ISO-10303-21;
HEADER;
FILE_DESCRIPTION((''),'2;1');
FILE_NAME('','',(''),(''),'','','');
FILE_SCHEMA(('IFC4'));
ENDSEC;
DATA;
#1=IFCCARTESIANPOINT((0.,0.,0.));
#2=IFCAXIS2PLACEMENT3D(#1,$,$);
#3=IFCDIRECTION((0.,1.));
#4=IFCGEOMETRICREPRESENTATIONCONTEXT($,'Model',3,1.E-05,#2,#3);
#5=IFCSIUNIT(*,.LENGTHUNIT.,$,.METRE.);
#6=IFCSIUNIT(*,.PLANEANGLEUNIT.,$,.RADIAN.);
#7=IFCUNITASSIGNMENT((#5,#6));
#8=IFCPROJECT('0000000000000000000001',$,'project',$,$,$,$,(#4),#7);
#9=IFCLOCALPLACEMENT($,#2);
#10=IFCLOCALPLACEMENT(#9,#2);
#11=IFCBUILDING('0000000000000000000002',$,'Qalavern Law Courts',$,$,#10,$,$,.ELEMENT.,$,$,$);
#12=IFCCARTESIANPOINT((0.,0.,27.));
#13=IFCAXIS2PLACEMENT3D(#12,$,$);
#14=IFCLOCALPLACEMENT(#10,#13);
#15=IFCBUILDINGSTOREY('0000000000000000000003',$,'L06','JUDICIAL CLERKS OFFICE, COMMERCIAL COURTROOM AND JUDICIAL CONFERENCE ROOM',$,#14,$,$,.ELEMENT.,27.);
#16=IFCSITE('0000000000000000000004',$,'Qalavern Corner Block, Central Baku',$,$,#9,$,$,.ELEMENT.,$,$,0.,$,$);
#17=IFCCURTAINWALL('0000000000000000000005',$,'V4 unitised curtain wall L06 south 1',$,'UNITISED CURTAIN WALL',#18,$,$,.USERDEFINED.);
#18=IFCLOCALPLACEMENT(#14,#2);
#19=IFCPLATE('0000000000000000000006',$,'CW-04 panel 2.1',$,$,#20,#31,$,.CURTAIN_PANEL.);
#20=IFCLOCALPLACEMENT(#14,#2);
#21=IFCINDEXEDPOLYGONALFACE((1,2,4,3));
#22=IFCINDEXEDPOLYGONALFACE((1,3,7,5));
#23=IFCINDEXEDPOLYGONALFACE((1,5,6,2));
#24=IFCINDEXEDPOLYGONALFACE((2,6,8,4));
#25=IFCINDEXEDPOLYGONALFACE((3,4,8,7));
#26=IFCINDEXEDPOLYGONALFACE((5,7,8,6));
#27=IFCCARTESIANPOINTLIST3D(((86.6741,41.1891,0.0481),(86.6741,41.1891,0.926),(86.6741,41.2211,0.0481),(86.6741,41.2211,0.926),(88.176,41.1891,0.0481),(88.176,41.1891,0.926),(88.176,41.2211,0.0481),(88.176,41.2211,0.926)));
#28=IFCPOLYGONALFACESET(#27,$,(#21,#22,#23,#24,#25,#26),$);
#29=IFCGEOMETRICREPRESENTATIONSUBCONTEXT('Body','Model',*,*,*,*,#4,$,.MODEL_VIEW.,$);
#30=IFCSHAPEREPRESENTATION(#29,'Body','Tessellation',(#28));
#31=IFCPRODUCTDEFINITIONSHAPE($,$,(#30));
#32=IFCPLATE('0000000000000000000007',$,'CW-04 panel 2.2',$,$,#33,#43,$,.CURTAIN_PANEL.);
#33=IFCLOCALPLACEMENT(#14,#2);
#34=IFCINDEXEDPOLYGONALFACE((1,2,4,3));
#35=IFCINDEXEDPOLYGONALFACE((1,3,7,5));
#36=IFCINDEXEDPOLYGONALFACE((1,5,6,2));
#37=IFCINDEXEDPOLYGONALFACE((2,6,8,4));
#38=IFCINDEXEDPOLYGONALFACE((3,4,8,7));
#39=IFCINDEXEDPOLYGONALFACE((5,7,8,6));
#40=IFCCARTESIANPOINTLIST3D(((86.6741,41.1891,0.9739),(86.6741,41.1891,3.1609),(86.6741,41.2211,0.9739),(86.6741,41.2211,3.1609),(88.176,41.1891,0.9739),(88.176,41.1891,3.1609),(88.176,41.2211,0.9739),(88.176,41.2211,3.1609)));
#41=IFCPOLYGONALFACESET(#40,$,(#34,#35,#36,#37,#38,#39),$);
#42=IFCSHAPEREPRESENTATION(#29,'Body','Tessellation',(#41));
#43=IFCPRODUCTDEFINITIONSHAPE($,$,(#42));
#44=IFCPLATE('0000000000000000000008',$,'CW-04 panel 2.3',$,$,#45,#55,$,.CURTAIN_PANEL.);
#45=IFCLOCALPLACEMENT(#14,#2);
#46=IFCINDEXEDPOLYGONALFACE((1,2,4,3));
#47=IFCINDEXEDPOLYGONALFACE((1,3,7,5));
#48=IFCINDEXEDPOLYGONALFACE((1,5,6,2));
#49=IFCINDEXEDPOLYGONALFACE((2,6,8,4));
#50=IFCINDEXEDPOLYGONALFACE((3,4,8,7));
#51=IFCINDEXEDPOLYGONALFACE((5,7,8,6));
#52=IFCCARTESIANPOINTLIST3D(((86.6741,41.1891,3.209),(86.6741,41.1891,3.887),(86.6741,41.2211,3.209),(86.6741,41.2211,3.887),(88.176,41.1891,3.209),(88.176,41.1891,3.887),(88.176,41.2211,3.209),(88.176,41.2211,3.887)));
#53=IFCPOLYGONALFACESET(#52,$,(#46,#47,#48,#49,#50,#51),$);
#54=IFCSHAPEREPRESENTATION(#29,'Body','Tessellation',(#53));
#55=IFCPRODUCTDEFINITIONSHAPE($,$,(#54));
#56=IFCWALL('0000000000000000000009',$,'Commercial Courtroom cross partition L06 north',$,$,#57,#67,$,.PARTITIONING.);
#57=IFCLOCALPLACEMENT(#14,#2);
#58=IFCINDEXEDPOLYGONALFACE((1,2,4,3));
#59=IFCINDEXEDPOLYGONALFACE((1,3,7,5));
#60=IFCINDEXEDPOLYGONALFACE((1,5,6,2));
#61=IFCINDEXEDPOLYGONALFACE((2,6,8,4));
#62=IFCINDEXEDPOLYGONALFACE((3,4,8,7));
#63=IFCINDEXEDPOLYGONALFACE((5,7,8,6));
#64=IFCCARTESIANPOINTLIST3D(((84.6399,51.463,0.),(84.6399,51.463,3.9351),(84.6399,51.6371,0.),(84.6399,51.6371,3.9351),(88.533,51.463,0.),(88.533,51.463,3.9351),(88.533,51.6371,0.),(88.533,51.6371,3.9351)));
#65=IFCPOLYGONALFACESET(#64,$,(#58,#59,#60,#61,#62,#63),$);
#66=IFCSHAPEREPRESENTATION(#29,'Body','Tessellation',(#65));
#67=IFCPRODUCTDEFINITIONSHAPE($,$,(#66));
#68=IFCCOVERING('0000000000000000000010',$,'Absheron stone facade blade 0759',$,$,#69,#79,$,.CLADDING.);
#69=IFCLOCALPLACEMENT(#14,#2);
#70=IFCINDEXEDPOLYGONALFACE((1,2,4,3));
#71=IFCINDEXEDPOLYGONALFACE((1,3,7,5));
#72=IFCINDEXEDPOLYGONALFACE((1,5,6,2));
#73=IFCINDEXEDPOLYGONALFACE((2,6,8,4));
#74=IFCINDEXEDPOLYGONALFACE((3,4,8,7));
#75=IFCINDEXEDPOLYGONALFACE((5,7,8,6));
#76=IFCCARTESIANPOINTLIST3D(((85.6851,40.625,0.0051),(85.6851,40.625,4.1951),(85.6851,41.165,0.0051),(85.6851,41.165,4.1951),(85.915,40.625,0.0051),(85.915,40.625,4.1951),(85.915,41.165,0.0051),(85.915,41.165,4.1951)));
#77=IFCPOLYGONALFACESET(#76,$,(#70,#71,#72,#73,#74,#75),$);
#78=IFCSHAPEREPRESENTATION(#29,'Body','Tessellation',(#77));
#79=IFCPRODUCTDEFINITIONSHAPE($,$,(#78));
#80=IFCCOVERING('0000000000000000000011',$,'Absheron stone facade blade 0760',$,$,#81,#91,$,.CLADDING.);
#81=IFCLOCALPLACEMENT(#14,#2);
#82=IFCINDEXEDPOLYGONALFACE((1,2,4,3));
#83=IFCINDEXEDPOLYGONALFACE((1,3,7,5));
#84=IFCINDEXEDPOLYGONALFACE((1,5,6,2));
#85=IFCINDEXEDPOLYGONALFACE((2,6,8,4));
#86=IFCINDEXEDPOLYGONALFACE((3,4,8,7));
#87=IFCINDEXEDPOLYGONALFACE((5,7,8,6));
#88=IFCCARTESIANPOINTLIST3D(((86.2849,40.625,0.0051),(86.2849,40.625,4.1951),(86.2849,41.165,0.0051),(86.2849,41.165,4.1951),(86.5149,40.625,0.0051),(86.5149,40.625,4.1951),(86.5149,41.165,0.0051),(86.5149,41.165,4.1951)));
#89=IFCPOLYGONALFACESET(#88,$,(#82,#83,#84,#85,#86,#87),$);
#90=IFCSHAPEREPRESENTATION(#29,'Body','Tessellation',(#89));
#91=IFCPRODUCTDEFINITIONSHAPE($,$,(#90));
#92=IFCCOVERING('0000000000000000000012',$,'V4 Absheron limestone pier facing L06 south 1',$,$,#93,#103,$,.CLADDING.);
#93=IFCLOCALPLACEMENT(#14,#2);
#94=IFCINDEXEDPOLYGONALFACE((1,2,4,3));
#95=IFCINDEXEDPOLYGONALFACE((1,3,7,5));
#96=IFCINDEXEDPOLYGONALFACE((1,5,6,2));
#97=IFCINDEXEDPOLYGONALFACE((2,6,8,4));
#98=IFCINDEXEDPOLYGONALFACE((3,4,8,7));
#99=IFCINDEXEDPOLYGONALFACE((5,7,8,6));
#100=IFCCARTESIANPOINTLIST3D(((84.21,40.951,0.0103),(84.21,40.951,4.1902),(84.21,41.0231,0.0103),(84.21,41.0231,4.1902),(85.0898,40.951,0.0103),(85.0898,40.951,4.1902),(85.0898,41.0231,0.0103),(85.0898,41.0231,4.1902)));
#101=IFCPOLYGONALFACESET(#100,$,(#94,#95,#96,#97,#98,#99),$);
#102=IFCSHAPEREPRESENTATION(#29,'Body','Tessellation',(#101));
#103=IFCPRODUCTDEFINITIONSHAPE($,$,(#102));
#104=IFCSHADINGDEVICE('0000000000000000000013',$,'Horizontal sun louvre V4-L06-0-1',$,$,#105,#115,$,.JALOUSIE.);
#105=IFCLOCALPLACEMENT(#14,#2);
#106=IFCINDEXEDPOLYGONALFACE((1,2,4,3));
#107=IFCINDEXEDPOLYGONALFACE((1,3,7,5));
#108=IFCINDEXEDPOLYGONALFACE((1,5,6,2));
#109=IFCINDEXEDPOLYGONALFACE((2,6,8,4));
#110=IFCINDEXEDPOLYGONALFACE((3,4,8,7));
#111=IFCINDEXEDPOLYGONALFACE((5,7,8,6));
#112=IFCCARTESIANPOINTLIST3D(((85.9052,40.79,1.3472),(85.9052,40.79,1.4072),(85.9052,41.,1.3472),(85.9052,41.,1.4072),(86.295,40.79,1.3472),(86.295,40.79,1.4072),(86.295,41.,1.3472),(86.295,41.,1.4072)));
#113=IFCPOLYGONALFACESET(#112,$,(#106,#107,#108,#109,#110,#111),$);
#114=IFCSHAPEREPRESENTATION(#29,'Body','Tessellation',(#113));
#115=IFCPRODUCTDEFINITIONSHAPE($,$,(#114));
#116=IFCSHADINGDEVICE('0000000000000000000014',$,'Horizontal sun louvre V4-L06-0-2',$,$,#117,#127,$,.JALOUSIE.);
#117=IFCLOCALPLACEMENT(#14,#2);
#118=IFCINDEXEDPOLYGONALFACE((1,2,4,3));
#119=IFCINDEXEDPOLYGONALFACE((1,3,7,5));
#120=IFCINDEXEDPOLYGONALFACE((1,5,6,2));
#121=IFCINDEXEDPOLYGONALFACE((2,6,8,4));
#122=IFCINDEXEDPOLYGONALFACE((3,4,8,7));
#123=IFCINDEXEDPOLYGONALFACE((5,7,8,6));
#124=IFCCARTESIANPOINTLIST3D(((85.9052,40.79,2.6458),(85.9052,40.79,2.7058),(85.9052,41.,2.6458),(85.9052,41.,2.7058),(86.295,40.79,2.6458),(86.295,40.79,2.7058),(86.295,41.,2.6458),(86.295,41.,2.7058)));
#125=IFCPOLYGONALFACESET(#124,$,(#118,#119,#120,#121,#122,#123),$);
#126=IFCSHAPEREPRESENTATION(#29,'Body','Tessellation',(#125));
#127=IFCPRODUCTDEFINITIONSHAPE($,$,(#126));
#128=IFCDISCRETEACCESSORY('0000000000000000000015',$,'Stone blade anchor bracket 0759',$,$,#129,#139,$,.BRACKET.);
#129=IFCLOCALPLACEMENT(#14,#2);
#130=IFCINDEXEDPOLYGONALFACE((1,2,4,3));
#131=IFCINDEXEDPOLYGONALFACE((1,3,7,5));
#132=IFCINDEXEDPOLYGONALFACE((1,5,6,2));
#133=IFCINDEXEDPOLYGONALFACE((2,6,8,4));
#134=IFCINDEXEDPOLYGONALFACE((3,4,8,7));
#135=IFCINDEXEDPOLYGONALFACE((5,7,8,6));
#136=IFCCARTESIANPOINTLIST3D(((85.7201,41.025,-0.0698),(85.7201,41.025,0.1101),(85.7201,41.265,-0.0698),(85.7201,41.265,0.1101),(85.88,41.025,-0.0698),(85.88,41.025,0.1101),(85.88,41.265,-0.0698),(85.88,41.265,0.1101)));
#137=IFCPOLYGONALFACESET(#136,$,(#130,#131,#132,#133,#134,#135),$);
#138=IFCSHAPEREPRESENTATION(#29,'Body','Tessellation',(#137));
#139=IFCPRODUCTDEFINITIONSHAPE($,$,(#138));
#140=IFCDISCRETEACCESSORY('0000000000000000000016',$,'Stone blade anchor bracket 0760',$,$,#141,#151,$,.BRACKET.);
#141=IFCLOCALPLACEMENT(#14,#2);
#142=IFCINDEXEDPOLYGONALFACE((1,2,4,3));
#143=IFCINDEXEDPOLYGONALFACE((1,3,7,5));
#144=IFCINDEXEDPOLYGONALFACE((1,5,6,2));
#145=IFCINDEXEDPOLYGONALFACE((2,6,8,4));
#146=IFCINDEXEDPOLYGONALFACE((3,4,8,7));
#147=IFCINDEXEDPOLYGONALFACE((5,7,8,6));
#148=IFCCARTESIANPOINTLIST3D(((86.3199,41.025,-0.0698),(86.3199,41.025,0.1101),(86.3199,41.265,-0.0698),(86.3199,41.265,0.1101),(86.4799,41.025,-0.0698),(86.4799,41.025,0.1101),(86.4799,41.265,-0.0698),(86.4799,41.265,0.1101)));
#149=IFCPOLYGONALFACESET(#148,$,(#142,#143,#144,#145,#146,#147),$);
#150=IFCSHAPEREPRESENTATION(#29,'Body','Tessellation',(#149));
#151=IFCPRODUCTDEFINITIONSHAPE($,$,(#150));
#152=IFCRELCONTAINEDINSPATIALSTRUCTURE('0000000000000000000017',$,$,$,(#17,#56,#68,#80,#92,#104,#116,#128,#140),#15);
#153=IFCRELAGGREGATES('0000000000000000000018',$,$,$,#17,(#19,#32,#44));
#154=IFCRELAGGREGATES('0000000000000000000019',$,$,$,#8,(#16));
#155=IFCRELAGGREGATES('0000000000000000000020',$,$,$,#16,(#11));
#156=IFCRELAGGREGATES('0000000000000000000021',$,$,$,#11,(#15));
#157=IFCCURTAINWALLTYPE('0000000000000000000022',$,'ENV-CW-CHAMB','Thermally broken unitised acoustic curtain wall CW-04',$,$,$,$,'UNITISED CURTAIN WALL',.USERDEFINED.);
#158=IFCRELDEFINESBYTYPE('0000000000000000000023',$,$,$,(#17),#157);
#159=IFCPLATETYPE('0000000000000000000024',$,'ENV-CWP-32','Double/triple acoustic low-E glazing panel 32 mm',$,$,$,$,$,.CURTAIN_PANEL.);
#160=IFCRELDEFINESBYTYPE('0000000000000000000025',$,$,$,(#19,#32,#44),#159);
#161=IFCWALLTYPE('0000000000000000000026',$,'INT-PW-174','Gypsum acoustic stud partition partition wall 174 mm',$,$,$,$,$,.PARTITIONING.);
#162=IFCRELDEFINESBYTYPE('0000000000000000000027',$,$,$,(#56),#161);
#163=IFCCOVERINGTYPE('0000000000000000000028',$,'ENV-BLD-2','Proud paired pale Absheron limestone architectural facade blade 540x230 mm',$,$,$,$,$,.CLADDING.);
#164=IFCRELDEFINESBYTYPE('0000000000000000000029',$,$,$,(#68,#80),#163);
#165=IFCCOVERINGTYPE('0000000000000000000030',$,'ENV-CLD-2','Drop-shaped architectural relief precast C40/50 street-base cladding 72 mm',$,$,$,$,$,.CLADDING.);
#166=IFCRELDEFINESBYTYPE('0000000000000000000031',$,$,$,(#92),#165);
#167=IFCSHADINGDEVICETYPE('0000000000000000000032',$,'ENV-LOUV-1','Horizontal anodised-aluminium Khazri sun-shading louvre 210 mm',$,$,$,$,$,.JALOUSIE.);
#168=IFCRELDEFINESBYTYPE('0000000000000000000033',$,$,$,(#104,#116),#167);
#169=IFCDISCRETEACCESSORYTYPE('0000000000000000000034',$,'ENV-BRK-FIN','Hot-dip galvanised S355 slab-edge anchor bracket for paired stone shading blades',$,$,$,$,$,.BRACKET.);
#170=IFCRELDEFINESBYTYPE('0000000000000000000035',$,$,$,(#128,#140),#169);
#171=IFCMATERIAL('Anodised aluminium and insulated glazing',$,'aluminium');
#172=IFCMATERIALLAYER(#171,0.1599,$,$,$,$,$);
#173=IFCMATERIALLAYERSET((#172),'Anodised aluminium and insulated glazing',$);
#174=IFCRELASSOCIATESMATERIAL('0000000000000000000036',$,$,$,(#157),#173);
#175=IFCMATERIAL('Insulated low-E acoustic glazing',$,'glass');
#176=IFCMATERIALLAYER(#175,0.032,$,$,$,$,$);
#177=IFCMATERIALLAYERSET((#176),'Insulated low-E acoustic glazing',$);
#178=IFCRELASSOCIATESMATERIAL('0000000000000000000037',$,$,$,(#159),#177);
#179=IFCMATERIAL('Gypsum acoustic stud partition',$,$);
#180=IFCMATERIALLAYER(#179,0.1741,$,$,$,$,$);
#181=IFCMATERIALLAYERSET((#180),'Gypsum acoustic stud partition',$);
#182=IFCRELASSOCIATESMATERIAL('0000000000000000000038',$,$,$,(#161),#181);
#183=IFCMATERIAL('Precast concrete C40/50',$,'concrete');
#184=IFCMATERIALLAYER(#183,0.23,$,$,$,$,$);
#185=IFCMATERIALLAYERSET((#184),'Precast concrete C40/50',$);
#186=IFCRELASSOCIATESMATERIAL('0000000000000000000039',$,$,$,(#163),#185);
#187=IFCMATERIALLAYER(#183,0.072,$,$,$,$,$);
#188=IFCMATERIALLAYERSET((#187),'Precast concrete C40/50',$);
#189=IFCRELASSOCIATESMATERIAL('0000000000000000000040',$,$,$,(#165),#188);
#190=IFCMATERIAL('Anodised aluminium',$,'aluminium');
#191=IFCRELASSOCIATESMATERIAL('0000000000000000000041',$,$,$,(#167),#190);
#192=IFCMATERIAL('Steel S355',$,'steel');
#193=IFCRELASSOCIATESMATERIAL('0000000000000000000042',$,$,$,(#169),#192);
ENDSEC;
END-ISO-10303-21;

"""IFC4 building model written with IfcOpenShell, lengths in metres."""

from ifc_helpers import new_model, si_unit, direction, frame, frame_2d, origin, origin_2d, place, context, subcontext, project, spatial, rectangle, extrude, material, layer, layer_set, type_object, element, aggregate, save


model = new_model("IFC4")

# Units and contexts
model_context = context("Model", 3, precision=1e-05, world=origin(), true_north=direction((0.0, 1.0)))
body_context = subcontext(model_context, "Body", "Model", "MODEL_VIEW")
ifc_project = project(units=[si_unit("LENGTHUNIT", "METRE"), si_unit("PLANEANGLEUNIT", "RADIAN")], contexts=[model_context])

# Site, building, storey
site_placement = place(None, origin())
site = spatial("IfcSite", under=ifc_project, at=site_placement, Name="Qalavern Corner Block, Central Baku", CompositionType="ELEMENT", RefElevation=0.0)
building_placement = place(site_placement, origin())
building = spatial("IfcBuilding", under=site, at=building_placement, Name="Qalavern Law Courts", CompositionType="ELEMENT")
storey_placement = place(building_placement, frame((0.0, 0.0, 27.0)))
storey = spatial("IfcBuildingStorey", under=building, at=storey_placement, Name="L06", Description="JUDICIAL CLERKS OFFICE, COMMERCIAL COURTROOM AND JUDICIAL CONFERENCE ROOM", CompositionType="ELEMENT", Elevation=27.0)

# Curtain wall
ifc_material_1 = material(Name="Anodised aluminium and insulated glazing", Category="aluminium")
ifc_layer_1 = layer(ifc_material_1, 0.1599)
ifc_layer_set_1 = layer_set([ifc_layer_1], Name="Anodised aluminium and insulated glazing")
curtain_wall_type = type_object("IfcCurtainWallType", Name="ENV-CW-CHAMB", Description="Thermally broken unitised acoustic curtain wall CW-04", ElementType="UNITISED CURTAIN WALL", PredefinedType="USERDEFINED", material=ifc_layer_set_1)
curtain_wall_1_placement = place(storey_placement, origin())
curtain_wall_1 = element("IfcCurtainWall", 1, at=curtain_wall_1_placement, inside=storey, type_object=curtain_wall_type, Name="V4 unitised curtain wall L06 south 1", ObjectType="UNITISED CURTAIN WALL", PredefinedType="USERDEFINED")
ifc_material_2 = material(Name="Anodised aluminium", Category="aluminium")

# Plates
ifc_material_3 = material(Name="Insulated low-E acoustic glazing", Category="glass")
ifc_layer_2 = layer(ifc_material_3, 0.032)
ifc_layer_set_2 = layer_set([ifc_layer_2], Name="Insulated low-E acoustic glazing")
plate_type = type_object("IfcPlateType", Name="ENV-CWP-32", Description="Double/triple acoustic low-E glazing panel 32 mm", PredefinedType="CURTAIN_PANEL", material=ifc_layer_set_2)
plate_1_placement = place(storey_placement, frame((87.425, 41.2051, 0.0481), z_axis=(0.0, 0.0, 1.0), x_axis=(1.0, 0.0, 0.0)))
plate_1 = element("IfcPlate", 2, at=plate_1_placement, type_object=plate_type, Name="CW-04 panel 2.1", PredefinedType="CURTAIN_PANEL", context=body_context, shape_type="SweptSolid", body=[
    extrude(rectangle(XDim=1.502, YDim=0.032, at=origin_2d()), origin(), (0.0, 0.0, 1.0), 0.8779),
])
plate_2_placement = place(storey_placement, frame((87.425, 41.2051, 0.9739), z_axis=(0.0, 0.0, 1.0), x_axis=(1.0, 0.0, 0.0)))
plate_2 = element("IfcPlate", 3, at=plate_2_placement, type_object=plate_type, Name="CW-04 panel 2.2", PredefinedType="CURTAIN_PANEL", context=body_context, shape_type="SweptSolid", body=[
    extrude(rectangle(XDim=1.502, YDim=0.032, at=origin_2d()), origin(), (0.0, 0.0, 1.0), 2.187),
])
plate_3_placement = place(storey_placement, frame((87.425, 41.2051, 3.209), z_axis=(0.0, 0.0, 1.0), x_axis=(1.0, 0.0, 0.0)))
plate_3 = element("IfcPlate", 4, at=plate_3_placement, type_object=plate_type, Name="CW-04 panel 2.3", PredefinedType="CURTAIN_PANEL", context=body_context, shape_type="SweptSolid", body=[
    extrude(rectangle(XDim=1.502, YDim=0.032, at=origin_2d()), origin(), (0.0, 0.0, 1.0), 0.678),
])
aggregate(curtain_wall_1, [plate_1, plate_2, plate_3])

# Wall
ifc_material_4 = material(Name="Gypsum acoustic stud partition")
ifc_layer_3 = layer(ifc_material_4, 0.1741)
ifc_layer_set_3 = layer_set([ifc_layer_3], Name="Gypsum acoustic stud partition")
wall_type = type_object("IfcWallType", Name="INT-PW-174", Description="Gypsum acoustic stud partition partition wall 174 mm", PredefinedType="PARTITIONING", material=ifc_layer_set_3)
wall_placement = place(storey_placement, frame((84.6399, 51.55, 0.0), z_axis=(0.0, 0.0, 1.0), x_axis=(1.0, 0.0, 0.0)))
element("IfcWall", 5, at=wall_placement, inside=storey, type_object=wall_type, Name="Commercial Courtroom cross partition L06 north", PredefinedType="PARTITIONING", context=body_context, shape_type="SweptSolid", body=[
    extrude(rectangle(XDim=3.8931, YDim=0.1741, at=frame_2d((1.9465, 0.0))), origin(), (0.0, 0.0, 1.0), 3.9351),
])

# Coverings
ifc_material_5 = material(Name="Precast concrete C40/50", Category="concrete")
ifc_layer_4 = layer(ifc_material_5, 0.23)
ifc_layer_set_4 = layer_set([ifc_layer_4], Name="Precast concrete C40/50")
covering_type_1 = type_object("IfcCoveringType", Name="ENV-BLD-2", Description="Proud paired pale Absheron limestone architectural facade blade 540x230 mm", PredefinedType="CLADDING", material=ifc_layer_set_4)
for number, where, z_axis, x_axis, name in (
    (6, (85.8, 40.895, 0.0051), (0.0, 0.0, 1.0), (0.0, -1.0, 0.0), "Absheron stone facade blade 0759"),
    (7, (86.3999, 40.895, 0.0051), (0.0, 0.0, 1.0), (0.0, -1.0, 0.0), "Absheron stone facade blade 0760"),
):
    element("IfcCovering", number, at=place(storey_placement, frame(where, z_axis=z_axis, x_axis=x_axis)), inside=storey, type_object=covering_type_1, Name=name, PredefinedType="CLADDING", context=body_context, shape_type="SweptSolid", body=[
        extrude(rectangle(XDim=0.54, YDim=0.23, at=origin_2d()), origin(), (0.0, 0.0, 1.0), 4.1899),
    ])
ifc_layer_5 = layer(ifc_material_5, 0.072)
ifc_layer_set_5 = layer_set([ifc_layer_5], Name="Precast concrete C40/50")
covering_type_2 = type_object("IfcCoveringType", Name="ENV-CLD-2", Description="Drop-shaped architectural relief precast C40/50 street-base cladding 72 mm", PredefinedType="CLADDING", material=ifc_layer_set_5)
covering_placement = place(storey_placement, frame((84.6499, 40.9871, 0.0103), z_axis=(0.0, 0.0, 1.0), x_axis=(1.0, 0.0, 0.0)))
element("IfcCovering", 8, at=covering_placement, inside=storey, type_object=covering_type_2, Name="V4 Absheron limestone pier facing L06 south 1", PredefinedType="CLADDING", context=body_context, shape_type="SweptSolid", body=[
    extrude(rectangle(XDim=0.8799, YDim=0.072, at=origin_2d()), origin(), (0.0, 0.0, 1.0), 4.1799),
])

# Shading devices
shading_device_type = type_object("IfcShadingDeviceType", Name="ENV-LOUV-1", Description="Horizontal anodised-aluminium Khazri sun-shading louvre 210 mm", PredefinedType="JALOUSIE", material=ifc_material_2)
for number, where, z_axis, x_axis, name in (
    (9, (86.1001, 40.895, 1.3472), (0.0, 0.0, 1.0), (1.0, 0.0, 0.0), "Horizontal sun louvre V4-L06-0-1"),
    (10, (86.1001, 40.895, 2.6458), (0.0, 0.0, 1.0), (1.0, 0.0, 0.0), "Horizontal sun louvre V4-L06-0-2"),
):
    element("IfcShadingDevice", number, at=place(storey_placement, frame(where, z_axis=z_axis, x_axis=x_axis)), inside=storey, type_object=shading_device_type, Name=name, PredefinedType="JALOUSIE", context=body_context, shape_type="SweptSolid", body=[
        extrude(rectangle(XDim=0.3899, YDim=0.21, at=origin_2d()), origin(), (0.0, 0.0, 1.0), 0.0601),
    ])

# Discrete accessories
ifc_material_6 = material(Name="Steel S355", Category="steel")
discrete_accessory_type = type_object("IfcDiscreteAccessoryType", Name="ENV-BRK-FIN", Description="Hot-dip galvanised S355 slab-edge anchor bracket for paired stone shading blades", PredefinedType="BRACKET", material=ifc_material_6)
for number, where, z_axis, x_axis, name in (
    (11, (85.8, 41.145, -0.0698), (0.0, 0.0, 1.0), (0.0, -1.0, 0.0), "Stone blade anchor bracket 0759"),
    (12, (86.3999, 41.145, -0.0698), (0.0, 0.0, 1.0), (0.0, -1.0, 0.0), "Stone blade anchor bracket 0760"),
):
    element("IfcDiscreteAccessory", number, at=place(storey_placement, frame(where, z_axis=z_axis, x_axis=x_axis)), inside=storey, type_object=discrete_accessory_type, Name=name, PredefinedType="BRACKET", context=body_context, shape_type="SweptSolid", body=[
        extrude(rectangle(XDim=0.24, YDim=0.1599, at=origin_2d()), origin(), (0.0, 0.0, 1.0), 0.1799),
    ])

save(model, "model.ifc")
